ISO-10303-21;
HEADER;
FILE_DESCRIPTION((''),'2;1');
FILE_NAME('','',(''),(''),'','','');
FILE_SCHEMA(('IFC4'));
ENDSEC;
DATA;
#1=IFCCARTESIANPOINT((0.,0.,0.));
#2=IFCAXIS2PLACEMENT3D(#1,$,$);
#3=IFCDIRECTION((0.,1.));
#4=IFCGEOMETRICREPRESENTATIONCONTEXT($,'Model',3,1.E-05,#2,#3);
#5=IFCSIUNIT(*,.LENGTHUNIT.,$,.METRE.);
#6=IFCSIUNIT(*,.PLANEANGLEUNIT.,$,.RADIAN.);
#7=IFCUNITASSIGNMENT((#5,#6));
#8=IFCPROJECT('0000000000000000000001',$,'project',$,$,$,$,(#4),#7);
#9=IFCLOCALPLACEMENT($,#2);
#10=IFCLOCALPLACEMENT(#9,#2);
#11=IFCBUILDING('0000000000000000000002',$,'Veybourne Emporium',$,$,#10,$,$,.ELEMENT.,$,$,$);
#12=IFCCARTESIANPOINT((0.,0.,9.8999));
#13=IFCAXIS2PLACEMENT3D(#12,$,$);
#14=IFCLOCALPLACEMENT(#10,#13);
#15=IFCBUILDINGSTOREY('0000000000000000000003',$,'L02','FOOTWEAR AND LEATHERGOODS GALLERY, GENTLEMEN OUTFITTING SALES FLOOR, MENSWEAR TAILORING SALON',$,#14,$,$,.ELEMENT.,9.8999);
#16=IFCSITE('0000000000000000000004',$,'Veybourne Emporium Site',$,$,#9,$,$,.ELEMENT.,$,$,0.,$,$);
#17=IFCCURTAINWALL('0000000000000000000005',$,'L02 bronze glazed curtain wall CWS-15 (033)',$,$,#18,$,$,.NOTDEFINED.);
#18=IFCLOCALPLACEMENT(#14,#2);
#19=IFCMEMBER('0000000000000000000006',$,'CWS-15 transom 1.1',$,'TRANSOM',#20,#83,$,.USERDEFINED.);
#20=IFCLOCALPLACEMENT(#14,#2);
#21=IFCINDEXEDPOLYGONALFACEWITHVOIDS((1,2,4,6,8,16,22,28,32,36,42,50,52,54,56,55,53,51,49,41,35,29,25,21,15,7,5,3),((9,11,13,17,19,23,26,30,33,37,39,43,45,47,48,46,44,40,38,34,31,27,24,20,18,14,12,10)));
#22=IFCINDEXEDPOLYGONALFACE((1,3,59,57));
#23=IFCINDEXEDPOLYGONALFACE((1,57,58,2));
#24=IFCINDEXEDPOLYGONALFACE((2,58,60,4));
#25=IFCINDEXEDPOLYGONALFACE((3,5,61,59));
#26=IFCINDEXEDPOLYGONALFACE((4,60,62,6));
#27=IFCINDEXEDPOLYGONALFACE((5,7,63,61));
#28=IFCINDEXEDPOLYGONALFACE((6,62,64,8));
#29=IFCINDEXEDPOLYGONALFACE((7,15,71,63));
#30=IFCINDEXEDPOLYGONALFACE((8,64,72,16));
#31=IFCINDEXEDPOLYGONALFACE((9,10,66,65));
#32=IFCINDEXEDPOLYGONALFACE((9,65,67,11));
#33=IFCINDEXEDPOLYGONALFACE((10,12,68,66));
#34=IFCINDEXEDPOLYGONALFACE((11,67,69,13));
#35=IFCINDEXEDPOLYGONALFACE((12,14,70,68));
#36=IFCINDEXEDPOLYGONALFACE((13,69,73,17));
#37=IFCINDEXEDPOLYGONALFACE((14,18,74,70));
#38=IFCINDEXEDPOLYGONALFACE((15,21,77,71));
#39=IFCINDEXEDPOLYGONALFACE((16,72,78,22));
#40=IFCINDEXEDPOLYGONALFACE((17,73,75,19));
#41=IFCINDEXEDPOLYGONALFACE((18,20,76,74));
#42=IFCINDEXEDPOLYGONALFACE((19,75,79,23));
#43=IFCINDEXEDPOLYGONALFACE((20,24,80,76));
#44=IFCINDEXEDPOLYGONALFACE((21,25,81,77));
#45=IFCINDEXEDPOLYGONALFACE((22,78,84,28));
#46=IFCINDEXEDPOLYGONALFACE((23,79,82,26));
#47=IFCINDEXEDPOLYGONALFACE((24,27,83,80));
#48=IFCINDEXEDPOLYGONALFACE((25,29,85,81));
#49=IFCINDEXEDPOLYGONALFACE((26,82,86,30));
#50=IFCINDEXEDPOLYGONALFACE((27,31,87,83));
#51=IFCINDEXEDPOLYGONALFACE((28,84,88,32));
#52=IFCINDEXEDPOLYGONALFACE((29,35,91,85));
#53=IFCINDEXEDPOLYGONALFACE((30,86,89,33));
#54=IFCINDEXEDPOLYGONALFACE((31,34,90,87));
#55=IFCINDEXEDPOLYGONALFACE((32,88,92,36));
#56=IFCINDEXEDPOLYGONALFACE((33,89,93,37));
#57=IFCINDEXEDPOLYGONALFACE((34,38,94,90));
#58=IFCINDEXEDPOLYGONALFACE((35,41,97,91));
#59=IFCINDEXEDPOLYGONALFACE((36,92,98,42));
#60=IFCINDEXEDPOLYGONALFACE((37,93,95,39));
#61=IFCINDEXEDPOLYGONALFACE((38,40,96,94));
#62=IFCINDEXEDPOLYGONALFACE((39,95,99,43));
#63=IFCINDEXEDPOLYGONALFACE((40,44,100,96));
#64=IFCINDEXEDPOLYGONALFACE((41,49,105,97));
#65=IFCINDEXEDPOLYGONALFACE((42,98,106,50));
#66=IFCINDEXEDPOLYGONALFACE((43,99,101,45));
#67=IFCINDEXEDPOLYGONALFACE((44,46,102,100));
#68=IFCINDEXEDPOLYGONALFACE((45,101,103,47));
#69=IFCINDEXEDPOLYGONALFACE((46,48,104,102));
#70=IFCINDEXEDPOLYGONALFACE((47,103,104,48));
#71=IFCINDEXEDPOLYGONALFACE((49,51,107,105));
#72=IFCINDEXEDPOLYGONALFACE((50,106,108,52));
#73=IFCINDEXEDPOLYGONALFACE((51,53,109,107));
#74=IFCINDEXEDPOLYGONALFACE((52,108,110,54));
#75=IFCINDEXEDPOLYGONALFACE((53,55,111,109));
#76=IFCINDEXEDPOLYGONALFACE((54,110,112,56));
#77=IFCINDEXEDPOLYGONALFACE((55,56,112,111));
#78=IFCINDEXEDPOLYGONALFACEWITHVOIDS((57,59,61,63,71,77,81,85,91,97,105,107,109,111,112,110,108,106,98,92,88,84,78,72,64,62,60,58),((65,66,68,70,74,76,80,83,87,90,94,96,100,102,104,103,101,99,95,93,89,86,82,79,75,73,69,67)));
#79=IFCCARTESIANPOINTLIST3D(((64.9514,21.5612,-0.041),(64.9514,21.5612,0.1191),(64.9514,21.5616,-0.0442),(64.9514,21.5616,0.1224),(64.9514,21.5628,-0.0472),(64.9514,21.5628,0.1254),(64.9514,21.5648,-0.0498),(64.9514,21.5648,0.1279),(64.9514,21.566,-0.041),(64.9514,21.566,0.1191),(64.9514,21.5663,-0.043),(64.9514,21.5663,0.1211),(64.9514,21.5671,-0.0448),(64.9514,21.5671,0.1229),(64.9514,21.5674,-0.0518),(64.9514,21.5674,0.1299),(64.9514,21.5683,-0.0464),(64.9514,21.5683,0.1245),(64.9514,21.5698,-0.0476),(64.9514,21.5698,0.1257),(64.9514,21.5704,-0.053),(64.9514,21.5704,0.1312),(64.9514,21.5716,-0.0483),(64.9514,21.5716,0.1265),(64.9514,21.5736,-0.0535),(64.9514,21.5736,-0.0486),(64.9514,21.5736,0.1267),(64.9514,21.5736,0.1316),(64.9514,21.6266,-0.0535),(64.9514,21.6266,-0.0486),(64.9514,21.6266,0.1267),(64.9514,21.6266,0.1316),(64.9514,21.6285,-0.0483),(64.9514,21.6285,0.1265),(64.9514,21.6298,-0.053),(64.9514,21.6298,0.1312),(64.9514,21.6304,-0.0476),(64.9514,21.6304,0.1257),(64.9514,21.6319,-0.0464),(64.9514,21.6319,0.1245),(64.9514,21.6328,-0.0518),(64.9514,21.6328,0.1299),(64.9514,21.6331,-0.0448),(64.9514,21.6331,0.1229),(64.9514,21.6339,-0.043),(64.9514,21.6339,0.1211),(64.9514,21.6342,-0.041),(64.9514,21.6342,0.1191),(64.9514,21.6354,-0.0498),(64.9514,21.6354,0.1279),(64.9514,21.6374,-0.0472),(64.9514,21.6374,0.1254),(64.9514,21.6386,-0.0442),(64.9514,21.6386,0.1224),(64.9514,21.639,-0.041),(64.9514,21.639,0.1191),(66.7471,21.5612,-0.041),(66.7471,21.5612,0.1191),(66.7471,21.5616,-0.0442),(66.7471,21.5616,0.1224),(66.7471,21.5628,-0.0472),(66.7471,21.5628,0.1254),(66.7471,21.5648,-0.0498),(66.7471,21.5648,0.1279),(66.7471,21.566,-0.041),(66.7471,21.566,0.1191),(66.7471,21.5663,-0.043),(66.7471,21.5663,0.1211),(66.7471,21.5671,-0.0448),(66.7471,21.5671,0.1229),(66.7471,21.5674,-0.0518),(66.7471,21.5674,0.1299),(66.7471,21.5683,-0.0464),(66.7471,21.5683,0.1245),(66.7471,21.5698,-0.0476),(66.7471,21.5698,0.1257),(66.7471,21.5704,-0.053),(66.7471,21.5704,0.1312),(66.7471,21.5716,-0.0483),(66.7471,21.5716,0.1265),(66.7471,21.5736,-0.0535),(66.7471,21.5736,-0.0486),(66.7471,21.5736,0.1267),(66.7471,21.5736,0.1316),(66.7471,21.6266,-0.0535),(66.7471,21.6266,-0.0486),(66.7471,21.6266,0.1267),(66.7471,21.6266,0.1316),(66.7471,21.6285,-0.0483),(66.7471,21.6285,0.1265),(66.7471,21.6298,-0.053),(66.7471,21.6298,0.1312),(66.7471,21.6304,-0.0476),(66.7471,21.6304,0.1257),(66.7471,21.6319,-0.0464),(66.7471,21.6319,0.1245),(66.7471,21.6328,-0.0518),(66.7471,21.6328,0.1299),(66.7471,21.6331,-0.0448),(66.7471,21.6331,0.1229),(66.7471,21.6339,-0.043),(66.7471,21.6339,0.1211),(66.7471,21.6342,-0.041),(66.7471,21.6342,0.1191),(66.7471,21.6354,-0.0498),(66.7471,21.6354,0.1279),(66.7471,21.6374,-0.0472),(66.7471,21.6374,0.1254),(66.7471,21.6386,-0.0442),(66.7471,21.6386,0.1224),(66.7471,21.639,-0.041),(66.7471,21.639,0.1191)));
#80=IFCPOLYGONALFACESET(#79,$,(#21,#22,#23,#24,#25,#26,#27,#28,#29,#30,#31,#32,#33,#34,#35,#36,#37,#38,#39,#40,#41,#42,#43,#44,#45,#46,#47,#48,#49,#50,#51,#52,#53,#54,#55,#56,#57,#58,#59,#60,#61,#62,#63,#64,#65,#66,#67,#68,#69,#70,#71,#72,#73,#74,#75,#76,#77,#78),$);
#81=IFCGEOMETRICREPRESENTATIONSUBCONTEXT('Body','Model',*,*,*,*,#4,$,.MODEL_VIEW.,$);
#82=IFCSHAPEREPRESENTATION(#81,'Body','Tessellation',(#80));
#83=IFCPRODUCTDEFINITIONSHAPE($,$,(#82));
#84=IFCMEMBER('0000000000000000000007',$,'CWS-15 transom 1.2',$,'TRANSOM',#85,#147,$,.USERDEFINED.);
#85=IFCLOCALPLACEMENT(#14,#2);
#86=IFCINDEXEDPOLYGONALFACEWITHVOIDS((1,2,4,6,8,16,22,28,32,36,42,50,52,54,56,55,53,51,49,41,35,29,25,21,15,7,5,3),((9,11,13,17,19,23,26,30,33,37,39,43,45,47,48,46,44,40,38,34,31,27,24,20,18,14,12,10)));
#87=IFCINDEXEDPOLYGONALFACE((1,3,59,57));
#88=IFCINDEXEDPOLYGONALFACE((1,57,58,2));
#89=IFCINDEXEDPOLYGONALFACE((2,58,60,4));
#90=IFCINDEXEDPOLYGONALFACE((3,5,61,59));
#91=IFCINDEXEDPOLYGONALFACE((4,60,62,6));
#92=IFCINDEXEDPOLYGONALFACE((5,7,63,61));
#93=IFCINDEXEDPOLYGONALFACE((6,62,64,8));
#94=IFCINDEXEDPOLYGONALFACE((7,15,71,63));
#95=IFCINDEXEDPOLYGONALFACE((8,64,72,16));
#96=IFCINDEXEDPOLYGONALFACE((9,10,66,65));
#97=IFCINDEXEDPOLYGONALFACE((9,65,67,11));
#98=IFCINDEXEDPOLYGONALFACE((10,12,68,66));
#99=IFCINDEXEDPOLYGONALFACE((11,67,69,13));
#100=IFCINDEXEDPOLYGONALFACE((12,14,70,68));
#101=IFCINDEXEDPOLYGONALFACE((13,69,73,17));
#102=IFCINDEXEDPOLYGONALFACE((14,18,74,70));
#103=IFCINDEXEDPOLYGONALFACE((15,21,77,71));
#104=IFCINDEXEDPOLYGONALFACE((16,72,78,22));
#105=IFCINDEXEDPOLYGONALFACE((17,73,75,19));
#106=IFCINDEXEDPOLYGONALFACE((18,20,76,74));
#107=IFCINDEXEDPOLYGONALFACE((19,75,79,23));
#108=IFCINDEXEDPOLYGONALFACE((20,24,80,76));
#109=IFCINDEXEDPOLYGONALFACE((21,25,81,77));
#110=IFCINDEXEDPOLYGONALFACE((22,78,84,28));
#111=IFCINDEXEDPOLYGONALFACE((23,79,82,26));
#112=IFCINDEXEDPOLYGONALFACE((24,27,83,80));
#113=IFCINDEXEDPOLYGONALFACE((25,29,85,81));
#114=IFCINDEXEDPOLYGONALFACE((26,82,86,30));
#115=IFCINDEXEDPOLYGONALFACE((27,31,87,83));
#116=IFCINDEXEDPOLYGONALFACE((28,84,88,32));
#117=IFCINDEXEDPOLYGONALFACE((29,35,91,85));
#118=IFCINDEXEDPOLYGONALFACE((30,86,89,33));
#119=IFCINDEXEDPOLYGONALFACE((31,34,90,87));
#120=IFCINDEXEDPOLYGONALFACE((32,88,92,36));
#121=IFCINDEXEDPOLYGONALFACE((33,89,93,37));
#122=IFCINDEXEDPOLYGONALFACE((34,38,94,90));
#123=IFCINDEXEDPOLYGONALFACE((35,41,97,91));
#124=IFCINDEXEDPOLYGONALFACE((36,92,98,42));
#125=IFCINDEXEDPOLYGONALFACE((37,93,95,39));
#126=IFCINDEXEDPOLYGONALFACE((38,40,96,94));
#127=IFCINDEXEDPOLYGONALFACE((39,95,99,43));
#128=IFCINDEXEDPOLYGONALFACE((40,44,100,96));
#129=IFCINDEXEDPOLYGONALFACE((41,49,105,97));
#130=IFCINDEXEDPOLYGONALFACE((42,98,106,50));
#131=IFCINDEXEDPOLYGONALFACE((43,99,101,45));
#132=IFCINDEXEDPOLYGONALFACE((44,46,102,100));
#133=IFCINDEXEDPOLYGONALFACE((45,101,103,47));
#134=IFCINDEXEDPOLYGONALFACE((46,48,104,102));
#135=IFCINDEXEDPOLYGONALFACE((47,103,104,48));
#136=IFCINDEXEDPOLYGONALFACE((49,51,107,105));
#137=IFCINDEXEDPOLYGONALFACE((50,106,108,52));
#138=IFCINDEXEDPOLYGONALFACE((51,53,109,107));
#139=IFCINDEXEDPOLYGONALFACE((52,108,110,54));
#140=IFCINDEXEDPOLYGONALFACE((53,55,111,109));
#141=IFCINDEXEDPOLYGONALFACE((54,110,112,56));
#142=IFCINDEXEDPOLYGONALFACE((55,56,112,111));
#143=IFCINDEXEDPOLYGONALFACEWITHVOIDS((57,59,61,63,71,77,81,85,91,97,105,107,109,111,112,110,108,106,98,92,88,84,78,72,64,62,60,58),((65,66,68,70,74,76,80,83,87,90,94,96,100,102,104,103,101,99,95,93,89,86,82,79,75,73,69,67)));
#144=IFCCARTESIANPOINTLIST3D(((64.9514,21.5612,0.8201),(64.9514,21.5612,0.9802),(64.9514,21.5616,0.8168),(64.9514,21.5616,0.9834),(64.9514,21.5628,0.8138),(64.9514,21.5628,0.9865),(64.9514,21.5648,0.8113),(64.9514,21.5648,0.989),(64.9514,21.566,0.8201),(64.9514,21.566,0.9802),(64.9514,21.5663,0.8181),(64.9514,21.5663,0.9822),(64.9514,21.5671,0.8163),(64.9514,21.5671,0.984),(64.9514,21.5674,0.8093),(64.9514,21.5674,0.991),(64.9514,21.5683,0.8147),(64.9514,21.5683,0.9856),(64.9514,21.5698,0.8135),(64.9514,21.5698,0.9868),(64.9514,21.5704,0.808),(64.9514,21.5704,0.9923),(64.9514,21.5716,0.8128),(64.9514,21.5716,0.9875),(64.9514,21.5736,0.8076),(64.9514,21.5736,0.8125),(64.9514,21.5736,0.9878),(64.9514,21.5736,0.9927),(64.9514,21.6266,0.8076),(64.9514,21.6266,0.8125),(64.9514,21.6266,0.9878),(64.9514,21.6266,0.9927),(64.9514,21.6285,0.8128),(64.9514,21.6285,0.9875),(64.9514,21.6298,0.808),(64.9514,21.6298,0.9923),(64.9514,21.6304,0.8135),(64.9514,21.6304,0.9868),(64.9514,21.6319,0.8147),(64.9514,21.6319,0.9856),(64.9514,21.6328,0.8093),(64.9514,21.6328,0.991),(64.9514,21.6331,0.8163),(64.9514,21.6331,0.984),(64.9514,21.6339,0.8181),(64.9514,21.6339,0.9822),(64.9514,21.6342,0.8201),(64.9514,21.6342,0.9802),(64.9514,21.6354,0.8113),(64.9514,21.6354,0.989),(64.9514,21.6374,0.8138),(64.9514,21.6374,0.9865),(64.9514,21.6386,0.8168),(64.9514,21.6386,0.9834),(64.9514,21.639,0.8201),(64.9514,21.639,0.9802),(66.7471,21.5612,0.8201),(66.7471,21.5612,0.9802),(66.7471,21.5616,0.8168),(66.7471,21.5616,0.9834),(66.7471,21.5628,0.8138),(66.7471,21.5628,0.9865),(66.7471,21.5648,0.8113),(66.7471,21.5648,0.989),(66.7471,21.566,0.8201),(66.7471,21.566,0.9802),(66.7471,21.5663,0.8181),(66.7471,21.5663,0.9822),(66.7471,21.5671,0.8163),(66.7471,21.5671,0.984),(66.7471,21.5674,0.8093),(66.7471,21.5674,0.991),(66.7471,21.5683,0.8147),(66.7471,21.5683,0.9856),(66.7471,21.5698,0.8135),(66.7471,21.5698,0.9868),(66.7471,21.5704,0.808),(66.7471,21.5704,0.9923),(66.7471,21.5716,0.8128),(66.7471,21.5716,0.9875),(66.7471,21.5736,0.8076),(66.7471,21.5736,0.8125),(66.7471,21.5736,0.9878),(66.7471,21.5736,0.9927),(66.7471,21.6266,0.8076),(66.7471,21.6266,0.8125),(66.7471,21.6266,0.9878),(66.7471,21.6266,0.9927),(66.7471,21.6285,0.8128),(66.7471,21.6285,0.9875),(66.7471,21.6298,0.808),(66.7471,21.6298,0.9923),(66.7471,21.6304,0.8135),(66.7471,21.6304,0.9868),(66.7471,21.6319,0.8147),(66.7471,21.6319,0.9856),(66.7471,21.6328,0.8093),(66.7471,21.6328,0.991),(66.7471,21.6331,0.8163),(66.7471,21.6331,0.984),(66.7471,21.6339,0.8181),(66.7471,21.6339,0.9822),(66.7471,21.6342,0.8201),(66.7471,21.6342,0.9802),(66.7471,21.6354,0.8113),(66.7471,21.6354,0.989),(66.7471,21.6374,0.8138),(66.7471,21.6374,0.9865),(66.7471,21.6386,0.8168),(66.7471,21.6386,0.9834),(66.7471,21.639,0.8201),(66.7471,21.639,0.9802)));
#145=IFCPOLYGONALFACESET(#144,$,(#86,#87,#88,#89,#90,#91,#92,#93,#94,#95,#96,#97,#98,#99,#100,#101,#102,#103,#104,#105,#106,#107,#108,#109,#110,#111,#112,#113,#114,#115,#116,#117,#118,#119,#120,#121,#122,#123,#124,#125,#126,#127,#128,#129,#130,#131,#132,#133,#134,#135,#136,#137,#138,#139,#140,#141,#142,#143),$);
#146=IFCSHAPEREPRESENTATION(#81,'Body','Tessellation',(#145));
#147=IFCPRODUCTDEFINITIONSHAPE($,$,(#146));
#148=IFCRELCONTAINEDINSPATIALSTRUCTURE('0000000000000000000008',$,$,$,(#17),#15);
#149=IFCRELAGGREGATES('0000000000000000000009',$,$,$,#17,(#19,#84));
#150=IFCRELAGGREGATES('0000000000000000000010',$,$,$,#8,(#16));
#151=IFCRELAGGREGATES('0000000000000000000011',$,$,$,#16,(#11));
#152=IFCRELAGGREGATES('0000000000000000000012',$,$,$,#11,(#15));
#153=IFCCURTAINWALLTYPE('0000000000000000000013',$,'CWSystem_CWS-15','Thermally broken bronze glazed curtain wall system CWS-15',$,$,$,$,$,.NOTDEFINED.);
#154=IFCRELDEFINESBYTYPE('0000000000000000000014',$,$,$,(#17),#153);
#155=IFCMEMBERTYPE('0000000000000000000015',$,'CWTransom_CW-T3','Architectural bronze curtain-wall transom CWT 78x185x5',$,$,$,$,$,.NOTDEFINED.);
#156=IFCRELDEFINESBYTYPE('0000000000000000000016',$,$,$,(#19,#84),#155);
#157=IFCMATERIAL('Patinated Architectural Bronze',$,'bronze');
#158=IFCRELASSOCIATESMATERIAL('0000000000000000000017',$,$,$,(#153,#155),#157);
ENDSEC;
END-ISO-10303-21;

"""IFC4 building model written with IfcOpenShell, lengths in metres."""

from ifc_helpers import new_model, si_unit, direction, frame, origin, origin_2d, place, context, subcontext, project, spatial, hollow_rectangle, extrude, material, material_profile, profile_set, type_object, element, aggregate, save


model = new_model("IFC4")

# Units and contexts
model_context = context("Model", 3, precision=1e-05, world=origin(), true_north=direction((0.0, 1.0)))
body_context = subcontext(model_context, "Body", "Model", "MODEL_VIEW")
ifc_project = project(units=[si_unit("LENGTHUNIT", "METRE"), si_unit("PLANEANGLEUNIT", "RADIAN")], contexts=[model_context])

# Site, building, storey
site_placement = place(None, origin())
site = spatial("IfcSite", under=ifc_project, at=site_placement, Name="Veybourne Emporium Site", CompositionType="ELEMENT", RefElevation=0.0)
building_placement = place(site_placement, origin())
building = spatial("IfcBuilding", under=site, at=building_placement, Name="Veybourne Emporium", CompositionType="ELEMENT")
storey_placement = place(building_placement, frame((0.0, 0.0, 9.8999)))
storey = spatial("IfcBuildingStorey", under=building, at=storey_placement, Name="L02", Description="FOOTWEAR AND LEATHERGOODS GALLERY, GENTLEMEN OUTFITTING SALES FLOOR, MENSWEAR TAILORING SALON", CompositionType="ELEMENT", Elevation=9.8999)

# Curtain wall
ifc_material_1 = material(Name="Patinated Architectural Bronze", Category="bronze")
curtain_wall_type_1 = type_object("IfcCurtainWallType", Name="CWSystem_CWS-15", Description="Thermally broken bronze glazed curtain wall system CWS-15", PredefinedType="NOTDEFINED", material=ifc_material_1)
curtain_wall_1_placement = place(storey_placement, origin())
curtain_wall_1 = element("IfcCurtainWall", 1, at=curtain_wall_1_placement, inside=storey, type_object=curtain_wall_type_1, Name="L02 bronze glazed curtain wall CWS-15 (033)", PredefinedType="NOTDEFINED")

# Members
ifc_material_profile_1 = material_profile(ifc_material_1, hollow_rectangle(XDim=0.0779, YDim=0.1851, WallThickness=0.0049, InnerFilletRadius=0.0076, OuterFilletRadius=0.0125, at=origin_2d()), Name="CWT 78x185x5")
ifc_profile_set_1 = profile_set([ifc_material_profile_1], Name="Patinated Architectural Bronze")
member_type_1 = type_object("IfcMemberType", Name="CWTransom_CW-T3", Description="Architectural bronze curtain-wall transom CWT 78x185x5", PredefinedType="NOTDEFINED", material=ifc_profile_set_1)
member_1_placement = place(storey_placement, frame((66.7471, 21.6001, 0.0391), z_axis=(-1.0, 0.0, 0.0), x_axis=(0.0, -1.0, 0.0)))
member_1 = element("IfcMember", 2, at=member_1_placement, type_object=member_type_1, Name="CWS-15 transom 1.1", ObjectType="TRANSOM", PredefinedType="USERDEFINED", context=body_context, shape_type="SweptSolid", body=[
    extrude(hollow_rectangle(XDim=0.0779, YDim=0.1851, WallThickness=0.0049, InnerFilletRadius=0.0076, OuterFilletRadius=0.0125, at=origin_2d()), origin(), (0.0, 0.0, 1.0), 1.7957),
])
member_2_placement = place(storey_placement, frame((66.7471, 21.6001, 0.9001), z_axis=(-1.0, 0.0, 0.0), x_axis=(0.0, -1.0, 0.0)))
member_2 = element("IfcMember", 3, at=member_2_placement, type_object=member_type_1, Name="CWS-15 transom 1.2", ObjectType="TRANSOM", PredefinedType="USERDEFINED", context=body_context, shape_type="SweptSolid", body=[
    extrude(hollow_rectangle(XDim=0.0779, YDim=0.1851, WallThickness=0.0049, InnerFilletRadius=0.0076, OuterFilletRadius=0.0125, at=origin_2d()), origin(), (0.0, 0.0, 1.0), 1.7957),
])

aggregate(curtain_wall_1, [member_1, member_2])

save(model, "model.ifc")
